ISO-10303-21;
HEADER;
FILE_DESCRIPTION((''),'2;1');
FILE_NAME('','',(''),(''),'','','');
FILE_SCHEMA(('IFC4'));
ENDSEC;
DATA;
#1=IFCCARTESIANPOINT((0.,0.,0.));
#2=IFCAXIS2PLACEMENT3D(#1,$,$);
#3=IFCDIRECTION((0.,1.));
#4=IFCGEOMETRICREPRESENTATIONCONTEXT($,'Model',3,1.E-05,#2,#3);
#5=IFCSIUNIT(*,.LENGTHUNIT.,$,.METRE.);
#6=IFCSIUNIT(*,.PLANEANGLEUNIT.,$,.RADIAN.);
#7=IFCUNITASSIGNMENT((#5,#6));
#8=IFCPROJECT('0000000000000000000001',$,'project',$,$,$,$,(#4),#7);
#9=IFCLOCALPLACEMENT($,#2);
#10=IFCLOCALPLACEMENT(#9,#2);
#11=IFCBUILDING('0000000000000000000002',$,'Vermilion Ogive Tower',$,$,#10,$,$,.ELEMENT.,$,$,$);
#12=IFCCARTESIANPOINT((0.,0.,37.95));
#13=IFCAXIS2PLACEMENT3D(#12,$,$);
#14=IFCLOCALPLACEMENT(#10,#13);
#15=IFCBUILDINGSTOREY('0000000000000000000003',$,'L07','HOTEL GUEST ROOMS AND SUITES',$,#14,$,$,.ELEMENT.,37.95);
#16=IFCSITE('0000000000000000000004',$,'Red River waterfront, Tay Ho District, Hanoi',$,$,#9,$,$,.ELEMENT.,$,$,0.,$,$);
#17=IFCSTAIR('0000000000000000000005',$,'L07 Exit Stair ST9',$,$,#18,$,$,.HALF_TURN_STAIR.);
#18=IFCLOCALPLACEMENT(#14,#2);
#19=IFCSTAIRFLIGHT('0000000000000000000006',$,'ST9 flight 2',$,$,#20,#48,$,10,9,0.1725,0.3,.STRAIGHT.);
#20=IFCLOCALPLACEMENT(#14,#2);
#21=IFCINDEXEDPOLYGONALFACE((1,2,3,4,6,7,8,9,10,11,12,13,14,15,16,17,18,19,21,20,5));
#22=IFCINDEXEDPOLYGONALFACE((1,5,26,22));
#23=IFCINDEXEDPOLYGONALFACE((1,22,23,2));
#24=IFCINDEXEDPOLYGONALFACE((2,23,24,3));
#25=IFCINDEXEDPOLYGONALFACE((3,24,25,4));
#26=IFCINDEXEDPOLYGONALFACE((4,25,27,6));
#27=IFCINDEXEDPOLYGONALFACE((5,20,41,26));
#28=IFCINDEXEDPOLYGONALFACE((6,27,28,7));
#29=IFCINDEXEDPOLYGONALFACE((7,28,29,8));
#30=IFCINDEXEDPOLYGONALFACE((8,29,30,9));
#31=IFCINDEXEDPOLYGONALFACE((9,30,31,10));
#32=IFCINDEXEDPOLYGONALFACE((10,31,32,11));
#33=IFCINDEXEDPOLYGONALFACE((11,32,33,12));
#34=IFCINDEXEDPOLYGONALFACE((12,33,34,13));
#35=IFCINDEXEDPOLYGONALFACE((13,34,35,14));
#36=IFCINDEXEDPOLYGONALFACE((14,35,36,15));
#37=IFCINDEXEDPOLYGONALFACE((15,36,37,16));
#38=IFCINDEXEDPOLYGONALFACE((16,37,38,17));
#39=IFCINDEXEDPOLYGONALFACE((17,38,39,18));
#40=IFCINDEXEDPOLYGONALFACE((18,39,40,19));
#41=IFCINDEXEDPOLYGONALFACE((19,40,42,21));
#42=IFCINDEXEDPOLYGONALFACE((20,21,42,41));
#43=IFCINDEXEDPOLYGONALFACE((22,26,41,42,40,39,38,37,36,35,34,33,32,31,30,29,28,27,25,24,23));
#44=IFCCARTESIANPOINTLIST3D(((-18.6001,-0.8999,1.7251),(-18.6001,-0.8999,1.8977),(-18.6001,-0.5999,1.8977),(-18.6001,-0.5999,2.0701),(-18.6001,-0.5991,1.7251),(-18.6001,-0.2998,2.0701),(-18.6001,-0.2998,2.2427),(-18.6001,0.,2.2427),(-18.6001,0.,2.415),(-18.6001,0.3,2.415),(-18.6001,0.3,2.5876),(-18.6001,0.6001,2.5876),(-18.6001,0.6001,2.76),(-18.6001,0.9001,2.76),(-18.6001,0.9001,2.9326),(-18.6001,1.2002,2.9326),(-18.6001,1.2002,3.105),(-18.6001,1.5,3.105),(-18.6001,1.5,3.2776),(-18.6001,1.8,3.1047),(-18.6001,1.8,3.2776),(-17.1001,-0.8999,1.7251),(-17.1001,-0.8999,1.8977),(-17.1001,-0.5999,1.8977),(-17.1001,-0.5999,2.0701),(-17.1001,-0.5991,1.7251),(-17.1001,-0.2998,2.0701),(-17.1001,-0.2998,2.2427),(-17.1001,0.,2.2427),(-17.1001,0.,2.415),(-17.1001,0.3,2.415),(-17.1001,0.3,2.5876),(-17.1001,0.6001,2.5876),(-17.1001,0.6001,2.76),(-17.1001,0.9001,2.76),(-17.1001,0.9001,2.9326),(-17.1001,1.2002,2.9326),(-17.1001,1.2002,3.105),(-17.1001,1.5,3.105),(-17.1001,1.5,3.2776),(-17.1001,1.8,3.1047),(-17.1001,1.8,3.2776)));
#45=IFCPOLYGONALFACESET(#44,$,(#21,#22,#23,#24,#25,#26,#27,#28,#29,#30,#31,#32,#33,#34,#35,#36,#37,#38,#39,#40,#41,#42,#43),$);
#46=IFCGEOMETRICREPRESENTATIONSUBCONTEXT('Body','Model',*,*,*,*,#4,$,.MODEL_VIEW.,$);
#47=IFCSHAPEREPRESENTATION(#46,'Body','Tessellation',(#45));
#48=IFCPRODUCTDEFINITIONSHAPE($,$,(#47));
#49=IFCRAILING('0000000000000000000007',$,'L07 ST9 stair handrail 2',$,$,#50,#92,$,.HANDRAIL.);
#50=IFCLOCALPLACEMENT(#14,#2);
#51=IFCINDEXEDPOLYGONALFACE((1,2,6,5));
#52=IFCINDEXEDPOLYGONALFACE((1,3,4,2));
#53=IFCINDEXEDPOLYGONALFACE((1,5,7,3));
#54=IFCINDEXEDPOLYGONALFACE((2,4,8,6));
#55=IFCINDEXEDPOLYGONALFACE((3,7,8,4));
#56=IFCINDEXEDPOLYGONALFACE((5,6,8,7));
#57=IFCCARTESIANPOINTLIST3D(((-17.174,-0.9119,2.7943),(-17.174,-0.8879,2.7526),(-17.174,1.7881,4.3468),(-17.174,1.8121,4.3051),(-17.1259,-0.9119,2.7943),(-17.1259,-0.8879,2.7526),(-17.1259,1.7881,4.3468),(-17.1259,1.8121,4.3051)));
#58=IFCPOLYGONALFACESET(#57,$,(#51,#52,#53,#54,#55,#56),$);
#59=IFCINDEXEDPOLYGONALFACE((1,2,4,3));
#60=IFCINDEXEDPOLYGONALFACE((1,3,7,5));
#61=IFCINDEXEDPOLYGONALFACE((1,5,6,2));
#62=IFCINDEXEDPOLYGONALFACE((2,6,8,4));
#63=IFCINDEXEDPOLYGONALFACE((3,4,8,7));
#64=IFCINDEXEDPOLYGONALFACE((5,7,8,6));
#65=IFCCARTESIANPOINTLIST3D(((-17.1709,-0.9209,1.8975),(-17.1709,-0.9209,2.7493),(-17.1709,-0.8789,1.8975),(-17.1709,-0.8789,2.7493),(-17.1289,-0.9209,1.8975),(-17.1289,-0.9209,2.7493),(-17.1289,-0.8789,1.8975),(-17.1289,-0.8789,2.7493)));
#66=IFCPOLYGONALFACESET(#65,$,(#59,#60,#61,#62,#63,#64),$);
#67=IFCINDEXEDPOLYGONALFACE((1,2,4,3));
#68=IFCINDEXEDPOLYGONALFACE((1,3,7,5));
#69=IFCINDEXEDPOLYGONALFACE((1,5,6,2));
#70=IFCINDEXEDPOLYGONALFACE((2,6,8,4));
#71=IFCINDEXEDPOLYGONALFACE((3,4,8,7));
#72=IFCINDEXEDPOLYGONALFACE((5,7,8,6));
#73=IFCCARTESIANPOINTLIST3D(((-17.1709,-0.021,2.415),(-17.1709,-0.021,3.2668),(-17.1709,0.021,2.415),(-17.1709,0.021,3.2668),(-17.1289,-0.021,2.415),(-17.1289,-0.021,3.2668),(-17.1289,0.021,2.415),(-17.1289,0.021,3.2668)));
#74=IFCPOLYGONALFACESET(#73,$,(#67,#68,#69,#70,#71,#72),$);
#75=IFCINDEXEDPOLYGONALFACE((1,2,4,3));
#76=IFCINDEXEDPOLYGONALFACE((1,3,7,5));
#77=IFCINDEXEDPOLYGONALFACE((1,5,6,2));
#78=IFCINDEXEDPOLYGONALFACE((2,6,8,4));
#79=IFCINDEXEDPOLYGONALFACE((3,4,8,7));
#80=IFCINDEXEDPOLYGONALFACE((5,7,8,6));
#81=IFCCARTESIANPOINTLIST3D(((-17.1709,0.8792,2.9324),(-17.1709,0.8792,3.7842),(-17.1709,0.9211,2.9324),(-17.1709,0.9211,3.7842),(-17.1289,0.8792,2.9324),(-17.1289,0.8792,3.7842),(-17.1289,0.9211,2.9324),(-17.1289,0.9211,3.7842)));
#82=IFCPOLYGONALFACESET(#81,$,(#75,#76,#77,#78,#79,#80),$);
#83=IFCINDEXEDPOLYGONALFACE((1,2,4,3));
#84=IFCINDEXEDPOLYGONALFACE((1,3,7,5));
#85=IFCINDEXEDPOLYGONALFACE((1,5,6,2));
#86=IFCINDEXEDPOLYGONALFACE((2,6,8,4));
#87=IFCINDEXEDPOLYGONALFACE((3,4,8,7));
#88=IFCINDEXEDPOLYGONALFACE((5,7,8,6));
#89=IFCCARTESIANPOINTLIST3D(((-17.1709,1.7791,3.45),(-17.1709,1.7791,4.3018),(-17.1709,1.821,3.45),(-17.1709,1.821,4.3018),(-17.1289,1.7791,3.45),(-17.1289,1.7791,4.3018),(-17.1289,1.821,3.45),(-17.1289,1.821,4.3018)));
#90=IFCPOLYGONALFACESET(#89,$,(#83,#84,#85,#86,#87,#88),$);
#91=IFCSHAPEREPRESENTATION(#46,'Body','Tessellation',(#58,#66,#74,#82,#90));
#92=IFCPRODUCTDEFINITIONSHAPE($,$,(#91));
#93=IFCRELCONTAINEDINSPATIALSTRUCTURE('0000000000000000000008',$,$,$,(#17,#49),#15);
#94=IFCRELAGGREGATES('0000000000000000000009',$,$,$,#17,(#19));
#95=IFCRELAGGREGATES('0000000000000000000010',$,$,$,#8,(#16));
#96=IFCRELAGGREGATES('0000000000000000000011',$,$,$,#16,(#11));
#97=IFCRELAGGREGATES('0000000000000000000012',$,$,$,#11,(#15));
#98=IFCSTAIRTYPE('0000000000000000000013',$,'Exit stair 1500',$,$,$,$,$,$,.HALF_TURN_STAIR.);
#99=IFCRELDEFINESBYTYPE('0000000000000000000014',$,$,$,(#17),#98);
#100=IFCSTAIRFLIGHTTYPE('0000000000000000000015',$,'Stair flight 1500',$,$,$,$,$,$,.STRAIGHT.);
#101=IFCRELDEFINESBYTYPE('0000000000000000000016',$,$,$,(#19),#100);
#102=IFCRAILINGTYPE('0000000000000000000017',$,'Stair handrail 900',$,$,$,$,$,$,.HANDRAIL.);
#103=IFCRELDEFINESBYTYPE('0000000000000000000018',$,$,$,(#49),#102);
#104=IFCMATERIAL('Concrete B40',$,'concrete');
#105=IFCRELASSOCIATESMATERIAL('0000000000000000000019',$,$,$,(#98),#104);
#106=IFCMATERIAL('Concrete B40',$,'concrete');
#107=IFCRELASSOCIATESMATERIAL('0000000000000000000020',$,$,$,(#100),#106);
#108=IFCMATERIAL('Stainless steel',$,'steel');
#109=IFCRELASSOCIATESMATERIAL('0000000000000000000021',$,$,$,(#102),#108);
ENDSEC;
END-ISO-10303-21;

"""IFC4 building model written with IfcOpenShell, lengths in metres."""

from ifc_helpers import new_model, si_unit, direction, frame, origin, origin_2d, place, context, subcontext, project, spatial, polyline, rectangle, outline, extrude, material, type_object, element, aggregate, save


model = new_model("IFC4")

# Units and contexts
model_context = context("Model", 3, precision=1e-05, world=origin(), true_north=direction((0.0, 1.0)))
body_context = subcontext(model_context, "Body", "Model", "MODEL_VIEW")
ifc_project = project(units=[si_unit("LENGTHUNIT", "METRE"), si_unit("PLANEANGLEUNIT", "RADIAN")], contexts=[model_context])

# Site, building, storey
site_placement = place(None, origin())
site = spatial("IfcSite", under=ifc_project, at=site_placement, Name="Red River waterfront, Tay Ho District, Hanoi", CompositionType="ELEMENT", RefElevation=0.0)
building_placement = place(site_placement, origin())
building = spatial("IfcBuilding", under=site, at=building_placement, Name="Vermilion Ogive Tower", CompositionType="ELEMENT")
storey_placement = place(building_placement, frame((0.0, 0.0, 37.95)))
storey = spatial("IfcBuildingStorey", under=building, at=storey_placement, Name="L07", Description="HOTEL GUEST ROOMS AND SUITES", CompositionType="ELEMENT", Elevation=37.95)

# Stair, stair flight
ifc_material_1 = material(Name="Concrete B40", Category="concrete")
stair_type = type_object("IfcStairType", Name="Exit stair 1500", PredefinedType="HALF_TURN_STAIR", material=ifc_material_1)
stair_placement = place(storey_placement, origin())
stair = element("IfcStair", 1, at=stair_placement, inside=storey, type_object=stair_type, Name="L07 Exit Stair ST9", PredefinedType="HALF_TURN_STAIR")
ifc_material_2 = material(Name="Concrete B40", Category="concrete")
stair_flight_type = type_object("IfcStairFlightType", Name="Stair flight 1500", PredefinedType="STRAIGHT", material=ifc_material_2)
stair_flight_placement = place(storey_placement, frame((-17.8501, -0.8999, 1.7251), z_axis=(0.0, 0.0, 1.0), x_axis=(0.0, 1.0, 0.0)))
stair_flight = element("IfcStairFlight", 2, at=stair_flight_placement, type_object=stair_flight_type, Name="ST9 flight 2", NumberOfRisers=10, NumberOfTreads=9, PredefinedType="STRAIGHT", RiserHeight=0.1725, TreadLength=0.3, context=body_context, shape_type="SweptSolid", body=[
    extrude(outline(polyline([(0.0, 0.0), (0.0, 0.1726), (0.3, 0.1726), (0.3, 0.345), (0.6001, 0.345), (0.6001, 0.5176), (0.8999, 0.5176), (0.8999, 0.6899), (1.2, 0.6899), (1.2, 0.8625), (1.5, 0.8625), (1.5, 1.0349), (1.8, 1.0349), (1.8, 1.2075), (2.1001, 1.2075), (2.1001, 1.3799), (2.3999, 1.3799), (2.3999, 1.5525), (2.7, 1.5525), (2.7, 1.7251), (2.7, 1.3796), (0.3008, 0.0), (0.0, 0.0)])), frame((0.0, 0.75, 0.0), z_axis=(0.0, -1.0, 0.0), x_axis=(1.0, 0.0, 0.0)), (0.0, 0.0, 1.0), 1.5),
])
aggregate(stair, [stair_flight])

# Railing
ifc_material_3 = material(Name="Stainless steel", Category="steel")
railing_type = type_object("IfcRailingType", Name="Stair handrail 900", PredefinedType="HANDRAIL", material=ifc_material_3)
railing_placement = place(storey_placement, frame((-17.1499, -0.8999, 1.8975)))
element("IfcRailing", 3, at=railing_placement, inside=storey, type_object=railing_type, Name="L07 ST9 stair handrail 2", PredefinedType="HANDRAIL", context=body_context, shape_type="SweptSolid", body=[
    extrude(rectangle(XDim=0.0481, YDim=0.0481, at=origin_2d()), frame((0.0, 0.0, 0.876), z_axis=(0.0, 0.866904, 0.498476), x_axis=(-1.0, 0.0, 0.0)), (0.0, 0.0, 1.0), 3.1145),
    extrude(rectangle(XDim=0.042, YDim=0.042, at=origin_2d()), origin(), (0.0, 0.0, 1.0), 0.8518),
    extrude(rectangle(XDim=0.042, YDim=0.042, at=origin_2d()), frame((0.0, 0.8999, 0.5176)), (0.0, 0.0, 1.0), 0.8518),
    extrude(rectangle(XDim=0.042, YDim=0.042, at=origin_2d()), frame((0.0, 1.8, 1.0349)), (0.0, 0.0, 1.0), 0.8518),
    extrude(rectangle(XDim=0.042, YDim=0.042, at=origin_2d()), frame((0.0, 2.7, 1.5525)), (0.0, 0.0, 1.0), 0.8518),
])

save(model, "model.ifc")
